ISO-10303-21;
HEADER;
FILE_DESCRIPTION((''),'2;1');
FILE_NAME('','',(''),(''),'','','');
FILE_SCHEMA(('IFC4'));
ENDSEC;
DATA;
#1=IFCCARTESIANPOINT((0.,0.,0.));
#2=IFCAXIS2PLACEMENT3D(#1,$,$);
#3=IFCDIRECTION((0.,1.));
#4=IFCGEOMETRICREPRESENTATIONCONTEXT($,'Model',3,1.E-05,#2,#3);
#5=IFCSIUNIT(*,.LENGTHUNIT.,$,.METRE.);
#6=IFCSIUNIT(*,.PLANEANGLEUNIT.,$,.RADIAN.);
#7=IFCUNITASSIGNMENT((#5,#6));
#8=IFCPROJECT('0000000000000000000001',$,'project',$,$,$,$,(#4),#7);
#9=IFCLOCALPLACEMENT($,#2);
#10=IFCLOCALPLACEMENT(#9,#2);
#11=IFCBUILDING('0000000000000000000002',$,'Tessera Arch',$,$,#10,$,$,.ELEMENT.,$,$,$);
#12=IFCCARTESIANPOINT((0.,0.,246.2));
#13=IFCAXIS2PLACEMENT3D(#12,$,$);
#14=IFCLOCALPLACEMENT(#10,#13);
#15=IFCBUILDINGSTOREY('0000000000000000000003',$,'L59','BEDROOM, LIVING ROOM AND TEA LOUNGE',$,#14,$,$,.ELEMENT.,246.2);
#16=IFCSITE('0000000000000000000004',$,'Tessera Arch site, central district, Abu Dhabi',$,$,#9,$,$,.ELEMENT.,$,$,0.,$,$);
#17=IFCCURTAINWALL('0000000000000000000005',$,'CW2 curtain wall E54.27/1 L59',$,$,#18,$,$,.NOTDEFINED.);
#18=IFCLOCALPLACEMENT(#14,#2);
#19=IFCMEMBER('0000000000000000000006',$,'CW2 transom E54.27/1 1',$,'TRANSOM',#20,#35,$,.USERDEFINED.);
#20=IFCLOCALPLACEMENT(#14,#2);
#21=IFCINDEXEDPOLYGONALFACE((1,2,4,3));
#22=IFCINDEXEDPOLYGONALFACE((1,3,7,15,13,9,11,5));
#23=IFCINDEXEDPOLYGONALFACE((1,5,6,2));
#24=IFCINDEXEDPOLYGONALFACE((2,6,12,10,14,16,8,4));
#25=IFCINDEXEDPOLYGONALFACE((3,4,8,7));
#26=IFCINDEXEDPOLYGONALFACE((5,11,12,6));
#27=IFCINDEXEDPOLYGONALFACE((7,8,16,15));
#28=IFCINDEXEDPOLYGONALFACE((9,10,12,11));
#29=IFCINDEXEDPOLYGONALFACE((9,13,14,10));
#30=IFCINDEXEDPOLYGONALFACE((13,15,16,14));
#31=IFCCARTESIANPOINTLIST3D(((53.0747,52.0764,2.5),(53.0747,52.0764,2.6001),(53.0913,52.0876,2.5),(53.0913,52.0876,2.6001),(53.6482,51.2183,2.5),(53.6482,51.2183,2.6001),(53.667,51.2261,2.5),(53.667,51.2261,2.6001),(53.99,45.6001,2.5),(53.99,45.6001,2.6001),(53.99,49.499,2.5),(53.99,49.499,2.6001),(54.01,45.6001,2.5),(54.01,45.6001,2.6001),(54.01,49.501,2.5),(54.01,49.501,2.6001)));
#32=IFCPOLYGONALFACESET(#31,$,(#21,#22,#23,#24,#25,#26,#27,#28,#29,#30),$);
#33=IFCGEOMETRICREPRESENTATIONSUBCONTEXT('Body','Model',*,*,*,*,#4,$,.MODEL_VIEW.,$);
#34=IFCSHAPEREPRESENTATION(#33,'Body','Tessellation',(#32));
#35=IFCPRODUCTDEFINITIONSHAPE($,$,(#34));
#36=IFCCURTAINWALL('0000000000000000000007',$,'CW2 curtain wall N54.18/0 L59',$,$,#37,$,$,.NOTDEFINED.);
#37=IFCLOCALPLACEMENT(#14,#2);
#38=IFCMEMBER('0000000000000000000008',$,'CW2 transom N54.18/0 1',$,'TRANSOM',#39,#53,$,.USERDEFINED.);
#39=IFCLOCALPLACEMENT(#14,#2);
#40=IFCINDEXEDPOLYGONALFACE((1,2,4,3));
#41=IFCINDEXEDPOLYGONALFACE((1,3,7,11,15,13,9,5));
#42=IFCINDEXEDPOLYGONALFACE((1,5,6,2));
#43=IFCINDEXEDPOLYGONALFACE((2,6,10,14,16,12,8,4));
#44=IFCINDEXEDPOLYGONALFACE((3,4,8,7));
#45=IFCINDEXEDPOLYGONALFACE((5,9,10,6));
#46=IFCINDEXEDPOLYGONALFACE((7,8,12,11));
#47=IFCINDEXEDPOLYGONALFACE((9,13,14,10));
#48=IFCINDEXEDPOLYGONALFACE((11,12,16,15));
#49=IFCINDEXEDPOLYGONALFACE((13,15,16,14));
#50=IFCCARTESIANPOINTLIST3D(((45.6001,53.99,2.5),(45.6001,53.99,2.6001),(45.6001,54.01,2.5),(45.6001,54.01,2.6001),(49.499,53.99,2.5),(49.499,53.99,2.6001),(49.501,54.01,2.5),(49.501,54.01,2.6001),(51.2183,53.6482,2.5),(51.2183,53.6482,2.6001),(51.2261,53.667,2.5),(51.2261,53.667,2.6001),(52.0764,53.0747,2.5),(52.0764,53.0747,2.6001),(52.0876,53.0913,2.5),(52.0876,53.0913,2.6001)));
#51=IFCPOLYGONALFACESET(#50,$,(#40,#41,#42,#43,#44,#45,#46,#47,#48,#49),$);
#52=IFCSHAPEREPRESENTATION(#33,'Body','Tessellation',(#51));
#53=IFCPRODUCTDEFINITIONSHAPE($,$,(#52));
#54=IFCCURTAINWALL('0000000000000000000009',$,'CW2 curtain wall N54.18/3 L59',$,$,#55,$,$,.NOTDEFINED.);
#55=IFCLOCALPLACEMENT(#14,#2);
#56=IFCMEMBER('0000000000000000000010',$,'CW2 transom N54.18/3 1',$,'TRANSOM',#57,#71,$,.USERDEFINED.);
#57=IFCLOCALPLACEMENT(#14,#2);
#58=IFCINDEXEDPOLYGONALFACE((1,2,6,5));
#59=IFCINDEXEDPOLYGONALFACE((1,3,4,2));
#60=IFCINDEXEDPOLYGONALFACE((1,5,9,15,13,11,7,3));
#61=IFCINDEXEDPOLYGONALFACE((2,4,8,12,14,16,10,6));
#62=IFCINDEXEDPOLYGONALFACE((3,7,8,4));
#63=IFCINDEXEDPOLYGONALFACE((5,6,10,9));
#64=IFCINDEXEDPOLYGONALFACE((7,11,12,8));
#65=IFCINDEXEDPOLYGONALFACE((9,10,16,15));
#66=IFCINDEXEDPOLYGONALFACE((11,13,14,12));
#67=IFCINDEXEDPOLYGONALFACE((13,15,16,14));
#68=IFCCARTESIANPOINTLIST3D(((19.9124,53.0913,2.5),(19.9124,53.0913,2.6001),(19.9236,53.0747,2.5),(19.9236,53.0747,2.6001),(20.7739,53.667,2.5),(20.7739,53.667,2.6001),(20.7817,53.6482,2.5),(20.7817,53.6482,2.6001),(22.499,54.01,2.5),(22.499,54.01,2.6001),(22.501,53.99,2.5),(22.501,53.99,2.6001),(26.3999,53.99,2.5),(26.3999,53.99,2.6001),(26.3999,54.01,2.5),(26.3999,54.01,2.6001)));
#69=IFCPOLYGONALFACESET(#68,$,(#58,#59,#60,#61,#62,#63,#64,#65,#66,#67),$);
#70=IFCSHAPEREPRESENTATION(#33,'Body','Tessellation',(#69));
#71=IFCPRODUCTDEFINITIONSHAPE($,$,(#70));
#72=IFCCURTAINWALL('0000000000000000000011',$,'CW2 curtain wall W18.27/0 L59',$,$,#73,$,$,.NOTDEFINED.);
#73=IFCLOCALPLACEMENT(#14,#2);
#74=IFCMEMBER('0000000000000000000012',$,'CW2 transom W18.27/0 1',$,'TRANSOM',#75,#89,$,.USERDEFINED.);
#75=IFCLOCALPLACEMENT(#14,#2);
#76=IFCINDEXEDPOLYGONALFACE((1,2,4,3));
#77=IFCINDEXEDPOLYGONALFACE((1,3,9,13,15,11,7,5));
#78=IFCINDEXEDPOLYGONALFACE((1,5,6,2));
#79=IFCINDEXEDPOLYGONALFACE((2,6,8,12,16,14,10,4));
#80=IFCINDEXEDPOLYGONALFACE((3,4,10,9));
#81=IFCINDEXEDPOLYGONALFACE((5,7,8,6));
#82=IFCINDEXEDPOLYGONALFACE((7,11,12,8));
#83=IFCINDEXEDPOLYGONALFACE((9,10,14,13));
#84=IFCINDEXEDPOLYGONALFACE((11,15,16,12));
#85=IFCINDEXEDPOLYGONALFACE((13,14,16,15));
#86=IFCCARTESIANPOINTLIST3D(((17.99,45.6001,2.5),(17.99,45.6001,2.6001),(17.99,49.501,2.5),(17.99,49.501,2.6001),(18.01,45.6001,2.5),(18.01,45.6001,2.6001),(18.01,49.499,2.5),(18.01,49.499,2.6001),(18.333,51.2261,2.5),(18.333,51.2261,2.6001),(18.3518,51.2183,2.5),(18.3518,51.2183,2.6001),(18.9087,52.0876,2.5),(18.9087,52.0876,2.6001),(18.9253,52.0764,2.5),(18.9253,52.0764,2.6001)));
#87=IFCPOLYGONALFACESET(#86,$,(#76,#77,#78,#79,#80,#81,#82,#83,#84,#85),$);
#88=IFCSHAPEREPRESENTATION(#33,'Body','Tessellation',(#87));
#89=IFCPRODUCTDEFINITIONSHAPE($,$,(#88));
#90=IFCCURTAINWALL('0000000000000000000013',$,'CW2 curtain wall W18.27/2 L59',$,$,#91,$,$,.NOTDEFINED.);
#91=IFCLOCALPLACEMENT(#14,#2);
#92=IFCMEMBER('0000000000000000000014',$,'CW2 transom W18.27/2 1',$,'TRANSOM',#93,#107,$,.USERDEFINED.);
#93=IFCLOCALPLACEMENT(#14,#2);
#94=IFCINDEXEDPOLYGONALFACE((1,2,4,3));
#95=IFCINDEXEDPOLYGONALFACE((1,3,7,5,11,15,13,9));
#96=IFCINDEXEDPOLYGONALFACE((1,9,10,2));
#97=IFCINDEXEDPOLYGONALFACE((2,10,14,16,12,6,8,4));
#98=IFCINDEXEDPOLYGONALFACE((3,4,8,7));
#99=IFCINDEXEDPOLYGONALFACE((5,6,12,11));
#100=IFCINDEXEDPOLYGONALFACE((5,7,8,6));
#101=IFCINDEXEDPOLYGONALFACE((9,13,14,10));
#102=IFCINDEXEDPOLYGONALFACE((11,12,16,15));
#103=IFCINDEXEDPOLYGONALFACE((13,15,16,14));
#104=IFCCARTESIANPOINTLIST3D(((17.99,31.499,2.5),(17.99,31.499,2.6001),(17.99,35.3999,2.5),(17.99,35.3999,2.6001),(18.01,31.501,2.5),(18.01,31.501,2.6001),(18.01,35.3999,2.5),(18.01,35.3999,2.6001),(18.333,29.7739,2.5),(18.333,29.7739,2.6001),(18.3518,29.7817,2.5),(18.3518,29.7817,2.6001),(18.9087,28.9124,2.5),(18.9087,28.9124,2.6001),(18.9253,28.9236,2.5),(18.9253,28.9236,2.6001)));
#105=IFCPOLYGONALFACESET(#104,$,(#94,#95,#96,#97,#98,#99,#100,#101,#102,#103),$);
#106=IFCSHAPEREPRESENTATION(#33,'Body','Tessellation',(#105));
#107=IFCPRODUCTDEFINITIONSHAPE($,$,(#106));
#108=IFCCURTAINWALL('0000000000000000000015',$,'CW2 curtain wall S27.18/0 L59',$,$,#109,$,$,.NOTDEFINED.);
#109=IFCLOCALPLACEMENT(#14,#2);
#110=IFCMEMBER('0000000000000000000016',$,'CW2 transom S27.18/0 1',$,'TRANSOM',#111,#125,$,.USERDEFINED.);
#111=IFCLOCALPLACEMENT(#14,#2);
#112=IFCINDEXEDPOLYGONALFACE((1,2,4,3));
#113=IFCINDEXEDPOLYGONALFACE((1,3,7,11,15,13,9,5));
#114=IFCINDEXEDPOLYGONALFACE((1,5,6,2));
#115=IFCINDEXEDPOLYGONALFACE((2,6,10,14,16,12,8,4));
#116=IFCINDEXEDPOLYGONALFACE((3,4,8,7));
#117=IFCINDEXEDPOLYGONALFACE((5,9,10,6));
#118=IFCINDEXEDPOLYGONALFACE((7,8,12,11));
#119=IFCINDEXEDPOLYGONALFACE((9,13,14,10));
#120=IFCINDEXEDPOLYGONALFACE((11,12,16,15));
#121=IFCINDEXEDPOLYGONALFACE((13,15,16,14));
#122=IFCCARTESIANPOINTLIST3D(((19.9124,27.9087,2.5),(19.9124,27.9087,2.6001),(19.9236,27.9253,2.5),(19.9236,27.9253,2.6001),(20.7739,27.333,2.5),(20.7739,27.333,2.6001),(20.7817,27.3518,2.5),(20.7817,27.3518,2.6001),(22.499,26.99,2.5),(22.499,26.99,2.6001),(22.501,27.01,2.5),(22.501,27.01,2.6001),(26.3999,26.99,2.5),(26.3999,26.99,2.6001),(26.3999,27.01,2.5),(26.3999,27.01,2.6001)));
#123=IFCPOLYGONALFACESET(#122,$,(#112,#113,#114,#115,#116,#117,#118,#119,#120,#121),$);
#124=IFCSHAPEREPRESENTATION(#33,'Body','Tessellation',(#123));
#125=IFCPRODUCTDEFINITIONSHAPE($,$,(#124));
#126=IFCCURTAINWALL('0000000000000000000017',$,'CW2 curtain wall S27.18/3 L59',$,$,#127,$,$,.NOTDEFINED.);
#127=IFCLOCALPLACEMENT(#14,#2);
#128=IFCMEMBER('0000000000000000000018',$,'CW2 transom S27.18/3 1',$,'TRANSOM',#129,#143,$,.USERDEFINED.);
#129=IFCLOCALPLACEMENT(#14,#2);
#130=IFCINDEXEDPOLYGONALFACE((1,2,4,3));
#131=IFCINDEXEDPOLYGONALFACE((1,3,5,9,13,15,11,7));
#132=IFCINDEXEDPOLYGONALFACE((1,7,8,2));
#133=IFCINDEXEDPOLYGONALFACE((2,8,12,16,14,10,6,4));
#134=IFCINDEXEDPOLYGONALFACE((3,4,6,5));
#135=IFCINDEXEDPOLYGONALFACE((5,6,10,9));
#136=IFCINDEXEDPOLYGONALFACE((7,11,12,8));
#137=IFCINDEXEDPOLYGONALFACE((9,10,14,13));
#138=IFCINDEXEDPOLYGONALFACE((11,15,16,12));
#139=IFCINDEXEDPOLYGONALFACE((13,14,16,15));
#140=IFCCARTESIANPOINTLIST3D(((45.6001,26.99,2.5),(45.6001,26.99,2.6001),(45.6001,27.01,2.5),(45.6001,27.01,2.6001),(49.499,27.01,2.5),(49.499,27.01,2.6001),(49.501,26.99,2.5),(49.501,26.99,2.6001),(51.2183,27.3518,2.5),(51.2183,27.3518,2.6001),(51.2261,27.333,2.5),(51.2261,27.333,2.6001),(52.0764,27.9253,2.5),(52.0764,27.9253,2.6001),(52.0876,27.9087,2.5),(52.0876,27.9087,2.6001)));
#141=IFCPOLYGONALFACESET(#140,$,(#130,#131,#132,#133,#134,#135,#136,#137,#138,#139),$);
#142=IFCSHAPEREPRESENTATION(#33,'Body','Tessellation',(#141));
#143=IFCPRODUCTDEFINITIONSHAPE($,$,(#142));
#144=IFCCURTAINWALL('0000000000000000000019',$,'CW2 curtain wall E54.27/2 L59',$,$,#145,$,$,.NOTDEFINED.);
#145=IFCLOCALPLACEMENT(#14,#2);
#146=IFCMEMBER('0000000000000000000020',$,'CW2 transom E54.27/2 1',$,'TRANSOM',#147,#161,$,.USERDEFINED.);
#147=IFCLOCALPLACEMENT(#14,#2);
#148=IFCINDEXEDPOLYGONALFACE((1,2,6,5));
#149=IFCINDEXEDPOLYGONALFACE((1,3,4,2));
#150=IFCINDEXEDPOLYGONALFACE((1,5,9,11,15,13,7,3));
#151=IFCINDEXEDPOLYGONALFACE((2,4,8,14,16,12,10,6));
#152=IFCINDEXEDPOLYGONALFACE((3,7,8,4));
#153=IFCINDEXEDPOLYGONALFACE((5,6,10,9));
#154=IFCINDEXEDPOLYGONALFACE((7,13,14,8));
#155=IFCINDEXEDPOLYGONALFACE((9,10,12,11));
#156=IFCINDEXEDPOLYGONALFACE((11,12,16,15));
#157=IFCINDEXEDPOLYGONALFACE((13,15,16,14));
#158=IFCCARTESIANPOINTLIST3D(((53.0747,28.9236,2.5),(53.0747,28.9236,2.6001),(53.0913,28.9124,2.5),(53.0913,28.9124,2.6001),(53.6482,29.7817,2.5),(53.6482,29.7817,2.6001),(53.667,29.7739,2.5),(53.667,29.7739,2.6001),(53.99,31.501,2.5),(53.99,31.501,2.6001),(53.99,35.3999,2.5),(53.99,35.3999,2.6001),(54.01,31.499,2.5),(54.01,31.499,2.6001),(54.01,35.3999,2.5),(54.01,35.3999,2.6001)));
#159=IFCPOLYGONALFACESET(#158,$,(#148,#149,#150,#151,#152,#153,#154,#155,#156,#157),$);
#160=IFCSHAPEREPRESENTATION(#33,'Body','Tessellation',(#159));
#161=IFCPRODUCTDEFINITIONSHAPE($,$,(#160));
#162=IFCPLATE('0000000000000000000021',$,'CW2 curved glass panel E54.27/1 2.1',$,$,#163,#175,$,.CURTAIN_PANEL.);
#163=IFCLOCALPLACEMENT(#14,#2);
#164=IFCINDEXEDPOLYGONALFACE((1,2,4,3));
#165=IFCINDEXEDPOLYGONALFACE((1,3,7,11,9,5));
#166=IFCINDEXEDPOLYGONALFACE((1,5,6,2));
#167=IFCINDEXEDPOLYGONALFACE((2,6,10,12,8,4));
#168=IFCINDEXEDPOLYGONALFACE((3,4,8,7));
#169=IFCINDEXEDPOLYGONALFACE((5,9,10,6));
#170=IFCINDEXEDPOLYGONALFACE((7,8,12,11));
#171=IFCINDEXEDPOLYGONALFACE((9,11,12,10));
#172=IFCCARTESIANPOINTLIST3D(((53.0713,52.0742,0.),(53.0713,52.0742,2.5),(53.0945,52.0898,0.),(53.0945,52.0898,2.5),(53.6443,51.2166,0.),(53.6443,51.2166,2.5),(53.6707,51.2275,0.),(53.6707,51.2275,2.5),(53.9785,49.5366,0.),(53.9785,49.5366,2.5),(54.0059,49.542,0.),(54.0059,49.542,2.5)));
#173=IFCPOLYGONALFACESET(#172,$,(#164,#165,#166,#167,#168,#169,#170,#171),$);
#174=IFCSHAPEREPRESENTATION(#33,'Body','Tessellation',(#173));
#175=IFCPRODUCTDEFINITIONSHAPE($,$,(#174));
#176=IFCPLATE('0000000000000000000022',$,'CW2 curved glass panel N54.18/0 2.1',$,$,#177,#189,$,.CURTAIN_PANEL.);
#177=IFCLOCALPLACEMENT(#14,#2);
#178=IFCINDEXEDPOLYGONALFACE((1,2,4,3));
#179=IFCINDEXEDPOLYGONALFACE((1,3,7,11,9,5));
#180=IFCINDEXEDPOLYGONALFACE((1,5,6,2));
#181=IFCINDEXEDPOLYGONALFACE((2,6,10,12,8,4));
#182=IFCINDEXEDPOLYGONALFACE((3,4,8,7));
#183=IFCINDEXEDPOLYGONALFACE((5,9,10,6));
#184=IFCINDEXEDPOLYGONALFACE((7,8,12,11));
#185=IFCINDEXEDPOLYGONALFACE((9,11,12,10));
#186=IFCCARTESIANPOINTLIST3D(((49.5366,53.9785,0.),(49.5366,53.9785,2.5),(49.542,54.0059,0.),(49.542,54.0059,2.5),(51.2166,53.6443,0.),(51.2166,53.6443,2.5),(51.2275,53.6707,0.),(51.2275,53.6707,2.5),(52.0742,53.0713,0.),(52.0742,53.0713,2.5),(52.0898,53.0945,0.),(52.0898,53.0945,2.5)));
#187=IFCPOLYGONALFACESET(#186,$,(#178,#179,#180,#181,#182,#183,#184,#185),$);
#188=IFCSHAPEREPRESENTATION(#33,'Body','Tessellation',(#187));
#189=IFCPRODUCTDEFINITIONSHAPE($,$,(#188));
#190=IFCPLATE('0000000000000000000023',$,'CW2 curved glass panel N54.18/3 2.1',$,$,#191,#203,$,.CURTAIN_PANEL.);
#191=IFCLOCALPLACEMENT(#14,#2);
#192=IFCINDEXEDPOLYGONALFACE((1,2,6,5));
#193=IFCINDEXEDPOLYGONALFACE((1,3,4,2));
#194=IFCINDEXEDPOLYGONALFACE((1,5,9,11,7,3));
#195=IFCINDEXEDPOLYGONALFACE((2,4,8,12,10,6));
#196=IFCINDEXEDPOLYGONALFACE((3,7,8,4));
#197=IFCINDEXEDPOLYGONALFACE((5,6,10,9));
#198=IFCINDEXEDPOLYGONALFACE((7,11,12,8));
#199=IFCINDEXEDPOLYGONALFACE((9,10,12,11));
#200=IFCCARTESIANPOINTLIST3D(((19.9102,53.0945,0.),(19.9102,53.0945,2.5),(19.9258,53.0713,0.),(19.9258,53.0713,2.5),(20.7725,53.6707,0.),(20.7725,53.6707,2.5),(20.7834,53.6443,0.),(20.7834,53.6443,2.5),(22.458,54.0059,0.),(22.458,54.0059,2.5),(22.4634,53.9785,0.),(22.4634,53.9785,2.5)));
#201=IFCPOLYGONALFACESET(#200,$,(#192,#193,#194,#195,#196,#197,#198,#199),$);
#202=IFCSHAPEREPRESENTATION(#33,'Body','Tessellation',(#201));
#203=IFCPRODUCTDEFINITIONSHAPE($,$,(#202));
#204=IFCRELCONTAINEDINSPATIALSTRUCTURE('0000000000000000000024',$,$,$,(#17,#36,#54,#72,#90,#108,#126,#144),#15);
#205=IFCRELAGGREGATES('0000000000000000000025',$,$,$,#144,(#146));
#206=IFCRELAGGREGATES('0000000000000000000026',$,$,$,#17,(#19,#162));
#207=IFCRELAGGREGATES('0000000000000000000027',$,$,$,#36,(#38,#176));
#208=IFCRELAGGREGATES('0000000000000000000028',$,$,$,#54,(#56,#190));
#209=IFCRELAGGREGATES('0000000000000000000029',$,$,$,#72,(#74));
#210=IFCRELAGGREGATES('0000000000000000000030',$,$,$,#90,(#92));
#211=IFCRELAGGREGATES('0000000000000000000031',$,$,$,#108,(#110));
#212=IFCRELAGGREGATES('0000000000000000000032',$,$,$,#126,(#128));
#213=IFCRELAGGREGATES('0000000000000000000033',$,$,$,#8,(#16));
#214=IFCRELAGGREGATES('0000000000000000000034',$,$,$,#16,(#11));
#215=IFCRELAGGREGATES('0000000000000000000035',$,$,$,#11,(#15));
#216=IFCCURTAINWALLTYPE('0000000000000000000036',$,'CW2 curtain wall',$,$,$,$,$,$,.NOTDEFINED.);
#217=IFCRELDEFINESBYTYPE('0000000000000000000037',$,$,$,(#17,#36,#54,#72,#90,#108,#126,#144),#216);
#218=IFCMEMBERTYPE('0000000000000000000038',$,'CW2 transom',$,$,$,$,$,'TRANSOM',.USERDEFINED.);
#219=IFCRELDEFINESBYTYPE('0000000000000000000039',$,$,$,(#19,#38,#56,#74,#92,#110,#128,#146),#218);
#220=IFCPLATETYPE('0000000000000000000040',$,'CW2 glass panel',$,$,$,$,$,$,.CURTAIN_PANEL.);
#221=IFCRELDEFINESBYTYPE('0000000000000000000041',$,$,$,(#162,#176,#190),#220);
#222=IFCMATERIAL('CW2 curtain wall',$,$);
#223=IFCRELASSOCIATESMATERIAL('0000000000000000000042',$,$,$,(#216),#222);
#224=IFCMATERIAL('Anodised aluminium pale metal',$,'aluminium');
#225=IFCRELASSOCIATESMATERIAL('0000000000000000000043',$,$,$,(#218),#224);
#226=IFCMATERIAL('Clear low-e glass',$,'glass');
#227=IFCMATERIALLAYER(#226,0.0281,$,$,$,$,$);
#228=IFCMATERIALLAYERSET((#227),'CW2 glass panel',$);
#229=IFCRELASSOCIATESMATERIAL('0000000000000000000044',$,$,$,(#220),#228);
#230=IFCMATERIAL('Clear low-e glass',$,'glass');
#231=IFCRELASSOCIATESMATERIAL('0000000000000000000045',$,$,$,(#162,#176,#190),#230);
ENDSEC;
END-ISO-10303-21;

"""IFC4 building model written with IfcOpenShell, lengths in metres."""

from ifc_helpers import new_model, si_unit, direction, frame, origin, origin_2d, place, context, subcontext, project, spatial, polyline, rectangle, outline, extrude, material, layer, layer_set, material_profile, profile_set, type_object, element, aggregate, save


model = new_model("IFC4")

# Units and contexts
model_context = context("Model", 3, precision=1e-05, world=origin(), true_north=direction((0.0, 1.0)))
body_context = subcontext(model_context, "Body", "Model", "MODEL_VIEW")
ifc_project = project(units=[si_unit("LENGTHUNIT", "METRE"), si_unit("PLANEANGLEUNIT", "RADIAN")], contexts=[model_context])

# Site, building, storey
site_placement = place(None, origin())
site = spatial("IfcSite", under=ifc_project, at=site_placement, Name="Tessera Arch site, central district, Abu Dhabi", CompositionType="ELEMENT", RefElevation=0.0)
building_placement = place(site_placement, origin())
building = spatial("IfcBuilding", under=site, at=building_placement, Name="Tessera Arch", CompositionType="ELEMENT")
storey_placement = place(building_placement, frame((0.0, 0.0, 246.2)))
storey = spatial("IfcBuildingStorey", under=building, at=storey_placement, Name="L59", Description="BEDROOM, LIVING ROOM AND TEA LOUNGE", CompositionType="ELEMENT", Elevation=246.2)

# Curtain walls, members
ifc_material_1 = material(Name="CW2 curtain wall")
curtain_wall_type = type_object("IfcCurtainWallType", Name="CW2 curtain wall", PredefinedType="NOTDEFINED", material=ifc_material_1)
curtain_wall_1_placement = place(storey_placement, origin())
curtain_wall_1 = element("IfcCurtainWall", 1, at=curtain_wall_1_placement, inside=storey, type_object=curtain_wall_type, Name="CW2 curtain wall E54.27/1 L59", PredefinedType="NOTDEFINED")
ifc_material_2 = material(Name="Anodised aluminium pale metal", Category="aluminium")
ifc_material_profile = material_profile(ifc_material_2, rectangle(XDim=0.2, YDim=0.1001, at=origin_2d()), Name="AL 200x100")
ifc_profile_set = profile_set([ifc_material_profile], Name="Anodised aluminium pale metal")
member_type = type_object("IfcMemberType", Name="CW2 transom", ElementType="TRANSOM", PredefinedType="USERDEFINED", material=ifc_profile_set)
member_1_placement = place(storey_placement, frame((0.0, 0.0, 2.5)))
member_1 = element("IfcMember", 2, at=member_1_placement, type_object=member_type, Name="CW2 transom E54.27/1 1", ObjectType="TRANSOM", PredefinedType="USERDEFINED", context=body_context, shape_type="SweptSolid", body=[
    extrude(outline(polyline([(53.99, 49.499), (53.99, 45.6001), (54.01, 45.6001), (54.01, 49.501), (53.667, 51.2261), (53.0913, 52.0876), (53.0747, 52.0764), (53.6482, 51.2183), (53.99, 49.499)])), origin(), (0.0, 0.0, 1.0), 0.1001),
])
curtain_wall_2_placement = place(storey_placement, origin())
curtain_wall_2 = element("IfcCurtainWall", 3, at=curtain_wall_2_placement, inside=storey, type_object=curtain_wall_type, Name="CW2 curtain wall N54.18/0 L59", PredefinedType="NOTDEFINED")
member_2_placement = place(storey_placement, frame((0.0, 0.0, 2.5)))
member_2 = element("IfcMember", 4, at=member_2_placement, type_object=member_type, Name="CW2 transom N54.18/0 1", ObjectType="TRANSOM", PredefinedType="USERDEFINED", context=body_context, shape_type="SweptSolid", body=[
    extrude(outline(polyline([(51.2183, 53.6482), (52.0764, 53.0747), (52.0876, 53.0913), (51.2261, 53.667), (49.501, 54.01), (45.6001, 54.01), (45.6001, 53.99), (49.499, 53.99), (51.2183, 53.6482)])), origin(), (0.0, 0.0, 1.0), 0.1001),
])
curtain_wall_3_placement = place(storey_placement, origin())
curtain_wall_3 = element("IfcCurtainWall", 5, at=curtain_wall_3_placement, inside=storey, type_object=curtain_wall_type, Name="CW2 curtain wall N54.18/3 L59", PredefinedType="NOTDEFINED")
member_3_placement = place(storey_placement, frame((0.0, 0.0, 2.5)))
member_3 = element("IfcMember", 6, at=member_3_placement, type_object=member_type, Name="CW2 transom N54.18/3 1", ObjectType="TRANSOM", PredefinedType="USERDEFINED", context=body_context, shape_type="SweptSolid", body=[
    extrude(outline(polyline([(22.501, 53.99), (26.3999, 53.99), (26.3999, 54.01), (22.499, 54.01), (20.7739, 53.667), (19.9124, 53.0913), (19.9236, 53.0747), (20.7817, 53.6482), (22.501, 53.99)])), origin(), (0.0, 0.0, 1.0), 0.1001),
])
curtain_wall_4_placement = place(storey_placement, origin())
curtain_wall_4 = element("IfcCurtainWall", 7, at=curtain_wall_4_placement, inside=storey, type_object=curtain_wall_type, Name="CW2 curtain wall W18.27/0 L59", PredefinedType="NOTDEFINED")
member_4_placement = place(storey_placement, frame((0.0, 0.0, 2.5)))
member_4 = element("IfcMember", 8, at=member_4_placement, type_object=member_type, Name="CW2 transom W18.27/0 1", ObjectType="TRANSOM", PredefinedType="USERDEFINED", context=body_context, shape_type="SweptSolid", body=[
    extrude(outline(polyline([(18.3518, 51.2183), (18.9253, 52.0764), (18.9087, 52.0876), (18.333, 51.2261), (17.99, 49.501), (17.99, 45.6001), (18.01, 45.6001), (18.01, 49.499), (18.3518, 51.2183)])), origin(), (0.0, 0.0, 1.0), 0.1001),
])
curtain_wall_5_placement = place(storey_placement, origin())
curtain_wall_5 = element("IfcCurtainWall", 9, at=curtain_wall_5_placement, inside=storey, type_object=curtain_wall_type, Name="CW2 curtain wall W18.27/2 L59", PredefinedType="NOTDEFINED")
member_5_placement = place(storey_placement, frame((0.0, 0.0, 2.5)))
member_5 = element("IfcMember", 10, at=member_5_placement, type_object=member_type, Name="CW2 transom W18.27/2 1", ObjectType="TRANSOM", PredefinedType="USERDEFINED", context=body_context, shape_type="SweptSolid", body=[
    extrude(outline(polyline([(18.01, 31.501), (18.01, 35.3999), (17.99, 35.3999), (17.99, 31.499), (18.333, 29.7739), (18.9087, 28.9124), (18.9253, 28.9236), (18.3518, 29.7817), (18.01, 31.501)])), origin(), (0.0, 0.0, 1.0), 0.1001),
])
curtain_wall_6_placement = place(storey_placement, origin())
curtain_wall_6 = element("IfcCurtainWall", 11, at=curtain_wall_6_placement, inside=storey, type_object=curtain_wall_type, Name="CW2 curtain wall S27.18/0 L59", PredefinedType="NOTDEFINED")
member_6_placement = place(storey_placement, frame((0.0, 0.0, 2.5)))
member_6 = element("IfcMember", 12, at=member_6_placement, type_object=member_type, Name="CW2 transom S27.18/0 1", ObjectType="TRANSOM", PredefinedType="USERDEFINED", context=body_context, shape_type="SweptSolid", body=[
    extrude(outline(polyline([(20.7817, 27.3518), (19.9236, 27.9253), (19.9124, 27.9087), (20.7739, 27.333), (22.499, 26.99), (26.3999, 26.99), (26.3999, 27.01), (22.501, 27.01), (20.7817, 27.3518)])), origin(), (0.0, 0.0, 1.0), 0.1001),
])
curtain_wall_7_placement = place(storey_placement, origin())
curtain_wall_7 = element("IfcCurtainWall", 13, at=curtain_wall_7_placement, inside=storey, type_object=curtain_wall_type, Name="CW2 curtain wall S27.18/3 L59", PredefinedType="NOTDEFINED")
member_7_placement = place(storey_placement, frame((0.0, 0.0, 2.5)))
member_7 = element("IfcMember", 14, at=member_7_placement, type_object=member_type, Name="CW2 transom S27.18/3 1", ObjectType="TRANSOM", PredefinedType="USERDEFINED", context=body_context, shape_type="SweptSolid", body=[
    extrude(outline(polyline([(49.499, 27.01), (45.6001, 27.01), (45.6001, 26.99), (49.501, 26.99), (51.2261, 27.333), (52.0876, 27.9087), (52.0764, 27.9253), (51.2183, 27.3518), (49.499, 27.01)])), origin(), (0.0, 0.0, 1.0), 0.1001),
])
curtain_wall_8_placement = place(storey_placement, origin())
curtain_wall_8 = element("IfcCurtainWall", 15, at=curtain_wall_8_placement, inside=storey, type_object=curtain_wall_type, Name="CW2 curtain wall E54.27/2 L59", PredefinedType="NOTDEFINED")
member_8_placement = place(storey_placement, frame((0.0, 0.0, 2.5)))
member_8 = element("IfcMember", 16, at=member_8_placement, type_object=member_type, Name="CW2 transom E54.27/2 1", ObjectType="TRANSOM", PredefinedType="USERDEFINED", context=body_context, shape_type="SweptSolid", body=[
    extrude(outline(polyline([(53.6482, 29.7817), (53.0747, 28.9236), (53.0913, 28.9124), (53.667, 29.7739), (54.01, 31.499), (54.01, 35.3999), (53.99, 35.3999), (53.99, 31.501), (53.6482, 29.7817)])), origin(), (0.0, 0.0, 1.0), 0.1001),
])

# Plates
ifc_material_3 = material(Name="Clear low-e glass", Category="glass")
ifc_material_4 = material(Name="Clear low-e glass", Category="glass")
ifc_layer_1 = layer(ifc_material_4, 0.0281)
ifc_layer_set_1 = layer_set([ifc_layer_1], Name="CW2 glass panel")
plate_type_1 = type_object("IfcPlateType", Name="CW2 glass panel", PredefinedType="CURTAIN_PANEL", material=ifc_layer_set_1)
plate_1_placement = place(storey_placement, origin())
plate_1 = element("IfcPlate", 17, at=plate_1_placement, type_object=plate_type_1, material=ifc_material_3, Name="CW2 curved glass panel E54.27/1 2.1", PredefinedType="CURTAIN_PANEL", context=body_context, shape_type="SweptSolid", body=[
    extrude(outline(polyline([(53.6443, 51.2166), (53.9785, 49.5366), (54.0059, 49.542), (53.6707, 51.2275), (53.0945, 52.0898), (53.0713, 52.0742), (53.6443, 51.2166)])), origin(), (0.0, 0.0, 1.0), 2.5),
])
plate_2_placement = place(storey_placement, origin())
plate_2 = element("IfcPlate", 18, at=plate_2_placement, type_object=plate_type_1, material=ifc_material_3, Name="CW2 curved glass panel N54.18/0 2.1", PredefinedType="CURTAIN_PANEL", context=body_context, shape_type="SweptSolid", body=[
    extrude(outline(polyline([(51.2166, 53.6443), (52.0742, 53.0713), (52.0898, 53.0945), (51.2275, 53.6707), (49.542, 54.0059), (49.5366, 53.9785), (51.2166, 53.6443)])), origin(), (0.0, 0.0, 1.0), 2.5),
])
plate_3_placement = place(storey_placement, origin())
plate_3 = element("IfcPlate", 19, at=plate_3_placement, type_object=plate_type_1, material=ifc_material_3, Name="CW2 curved glass panel N54.18/3 2.1", PredefinedType="CURTAIN_PANEL", context=body_context, shape_type="SweptSolid", body=[
    extrude(outline(polyline([(20.7834, 53.6443), (22.4634, 53.9785), (22.458, 54.0059), (20.7725, 53.6707), (19.9102, 53.0945), (19.9258, 53.0713), (20.7834, 53.6443)])), origin(), (0.0, 0.0, 1.0), 2.5),
])
aggregate(curtain_wall_8, [member_8])
aggregate(curtain_wall_1, [member_1, plate_1])
aggregate(curtain_wall_2, [member_2, plate_2])
aggregate(curtain_wall_3, [member_3, plate_3])
aggregate(curtain_wall_4, [member_4])
aggregate(curtain_wall_5, [member_5])
aggregate(curtain_wall_6, [member_6])
aggregate(curtain_wall_7, [member_7])

save(model, "model.ifc")
